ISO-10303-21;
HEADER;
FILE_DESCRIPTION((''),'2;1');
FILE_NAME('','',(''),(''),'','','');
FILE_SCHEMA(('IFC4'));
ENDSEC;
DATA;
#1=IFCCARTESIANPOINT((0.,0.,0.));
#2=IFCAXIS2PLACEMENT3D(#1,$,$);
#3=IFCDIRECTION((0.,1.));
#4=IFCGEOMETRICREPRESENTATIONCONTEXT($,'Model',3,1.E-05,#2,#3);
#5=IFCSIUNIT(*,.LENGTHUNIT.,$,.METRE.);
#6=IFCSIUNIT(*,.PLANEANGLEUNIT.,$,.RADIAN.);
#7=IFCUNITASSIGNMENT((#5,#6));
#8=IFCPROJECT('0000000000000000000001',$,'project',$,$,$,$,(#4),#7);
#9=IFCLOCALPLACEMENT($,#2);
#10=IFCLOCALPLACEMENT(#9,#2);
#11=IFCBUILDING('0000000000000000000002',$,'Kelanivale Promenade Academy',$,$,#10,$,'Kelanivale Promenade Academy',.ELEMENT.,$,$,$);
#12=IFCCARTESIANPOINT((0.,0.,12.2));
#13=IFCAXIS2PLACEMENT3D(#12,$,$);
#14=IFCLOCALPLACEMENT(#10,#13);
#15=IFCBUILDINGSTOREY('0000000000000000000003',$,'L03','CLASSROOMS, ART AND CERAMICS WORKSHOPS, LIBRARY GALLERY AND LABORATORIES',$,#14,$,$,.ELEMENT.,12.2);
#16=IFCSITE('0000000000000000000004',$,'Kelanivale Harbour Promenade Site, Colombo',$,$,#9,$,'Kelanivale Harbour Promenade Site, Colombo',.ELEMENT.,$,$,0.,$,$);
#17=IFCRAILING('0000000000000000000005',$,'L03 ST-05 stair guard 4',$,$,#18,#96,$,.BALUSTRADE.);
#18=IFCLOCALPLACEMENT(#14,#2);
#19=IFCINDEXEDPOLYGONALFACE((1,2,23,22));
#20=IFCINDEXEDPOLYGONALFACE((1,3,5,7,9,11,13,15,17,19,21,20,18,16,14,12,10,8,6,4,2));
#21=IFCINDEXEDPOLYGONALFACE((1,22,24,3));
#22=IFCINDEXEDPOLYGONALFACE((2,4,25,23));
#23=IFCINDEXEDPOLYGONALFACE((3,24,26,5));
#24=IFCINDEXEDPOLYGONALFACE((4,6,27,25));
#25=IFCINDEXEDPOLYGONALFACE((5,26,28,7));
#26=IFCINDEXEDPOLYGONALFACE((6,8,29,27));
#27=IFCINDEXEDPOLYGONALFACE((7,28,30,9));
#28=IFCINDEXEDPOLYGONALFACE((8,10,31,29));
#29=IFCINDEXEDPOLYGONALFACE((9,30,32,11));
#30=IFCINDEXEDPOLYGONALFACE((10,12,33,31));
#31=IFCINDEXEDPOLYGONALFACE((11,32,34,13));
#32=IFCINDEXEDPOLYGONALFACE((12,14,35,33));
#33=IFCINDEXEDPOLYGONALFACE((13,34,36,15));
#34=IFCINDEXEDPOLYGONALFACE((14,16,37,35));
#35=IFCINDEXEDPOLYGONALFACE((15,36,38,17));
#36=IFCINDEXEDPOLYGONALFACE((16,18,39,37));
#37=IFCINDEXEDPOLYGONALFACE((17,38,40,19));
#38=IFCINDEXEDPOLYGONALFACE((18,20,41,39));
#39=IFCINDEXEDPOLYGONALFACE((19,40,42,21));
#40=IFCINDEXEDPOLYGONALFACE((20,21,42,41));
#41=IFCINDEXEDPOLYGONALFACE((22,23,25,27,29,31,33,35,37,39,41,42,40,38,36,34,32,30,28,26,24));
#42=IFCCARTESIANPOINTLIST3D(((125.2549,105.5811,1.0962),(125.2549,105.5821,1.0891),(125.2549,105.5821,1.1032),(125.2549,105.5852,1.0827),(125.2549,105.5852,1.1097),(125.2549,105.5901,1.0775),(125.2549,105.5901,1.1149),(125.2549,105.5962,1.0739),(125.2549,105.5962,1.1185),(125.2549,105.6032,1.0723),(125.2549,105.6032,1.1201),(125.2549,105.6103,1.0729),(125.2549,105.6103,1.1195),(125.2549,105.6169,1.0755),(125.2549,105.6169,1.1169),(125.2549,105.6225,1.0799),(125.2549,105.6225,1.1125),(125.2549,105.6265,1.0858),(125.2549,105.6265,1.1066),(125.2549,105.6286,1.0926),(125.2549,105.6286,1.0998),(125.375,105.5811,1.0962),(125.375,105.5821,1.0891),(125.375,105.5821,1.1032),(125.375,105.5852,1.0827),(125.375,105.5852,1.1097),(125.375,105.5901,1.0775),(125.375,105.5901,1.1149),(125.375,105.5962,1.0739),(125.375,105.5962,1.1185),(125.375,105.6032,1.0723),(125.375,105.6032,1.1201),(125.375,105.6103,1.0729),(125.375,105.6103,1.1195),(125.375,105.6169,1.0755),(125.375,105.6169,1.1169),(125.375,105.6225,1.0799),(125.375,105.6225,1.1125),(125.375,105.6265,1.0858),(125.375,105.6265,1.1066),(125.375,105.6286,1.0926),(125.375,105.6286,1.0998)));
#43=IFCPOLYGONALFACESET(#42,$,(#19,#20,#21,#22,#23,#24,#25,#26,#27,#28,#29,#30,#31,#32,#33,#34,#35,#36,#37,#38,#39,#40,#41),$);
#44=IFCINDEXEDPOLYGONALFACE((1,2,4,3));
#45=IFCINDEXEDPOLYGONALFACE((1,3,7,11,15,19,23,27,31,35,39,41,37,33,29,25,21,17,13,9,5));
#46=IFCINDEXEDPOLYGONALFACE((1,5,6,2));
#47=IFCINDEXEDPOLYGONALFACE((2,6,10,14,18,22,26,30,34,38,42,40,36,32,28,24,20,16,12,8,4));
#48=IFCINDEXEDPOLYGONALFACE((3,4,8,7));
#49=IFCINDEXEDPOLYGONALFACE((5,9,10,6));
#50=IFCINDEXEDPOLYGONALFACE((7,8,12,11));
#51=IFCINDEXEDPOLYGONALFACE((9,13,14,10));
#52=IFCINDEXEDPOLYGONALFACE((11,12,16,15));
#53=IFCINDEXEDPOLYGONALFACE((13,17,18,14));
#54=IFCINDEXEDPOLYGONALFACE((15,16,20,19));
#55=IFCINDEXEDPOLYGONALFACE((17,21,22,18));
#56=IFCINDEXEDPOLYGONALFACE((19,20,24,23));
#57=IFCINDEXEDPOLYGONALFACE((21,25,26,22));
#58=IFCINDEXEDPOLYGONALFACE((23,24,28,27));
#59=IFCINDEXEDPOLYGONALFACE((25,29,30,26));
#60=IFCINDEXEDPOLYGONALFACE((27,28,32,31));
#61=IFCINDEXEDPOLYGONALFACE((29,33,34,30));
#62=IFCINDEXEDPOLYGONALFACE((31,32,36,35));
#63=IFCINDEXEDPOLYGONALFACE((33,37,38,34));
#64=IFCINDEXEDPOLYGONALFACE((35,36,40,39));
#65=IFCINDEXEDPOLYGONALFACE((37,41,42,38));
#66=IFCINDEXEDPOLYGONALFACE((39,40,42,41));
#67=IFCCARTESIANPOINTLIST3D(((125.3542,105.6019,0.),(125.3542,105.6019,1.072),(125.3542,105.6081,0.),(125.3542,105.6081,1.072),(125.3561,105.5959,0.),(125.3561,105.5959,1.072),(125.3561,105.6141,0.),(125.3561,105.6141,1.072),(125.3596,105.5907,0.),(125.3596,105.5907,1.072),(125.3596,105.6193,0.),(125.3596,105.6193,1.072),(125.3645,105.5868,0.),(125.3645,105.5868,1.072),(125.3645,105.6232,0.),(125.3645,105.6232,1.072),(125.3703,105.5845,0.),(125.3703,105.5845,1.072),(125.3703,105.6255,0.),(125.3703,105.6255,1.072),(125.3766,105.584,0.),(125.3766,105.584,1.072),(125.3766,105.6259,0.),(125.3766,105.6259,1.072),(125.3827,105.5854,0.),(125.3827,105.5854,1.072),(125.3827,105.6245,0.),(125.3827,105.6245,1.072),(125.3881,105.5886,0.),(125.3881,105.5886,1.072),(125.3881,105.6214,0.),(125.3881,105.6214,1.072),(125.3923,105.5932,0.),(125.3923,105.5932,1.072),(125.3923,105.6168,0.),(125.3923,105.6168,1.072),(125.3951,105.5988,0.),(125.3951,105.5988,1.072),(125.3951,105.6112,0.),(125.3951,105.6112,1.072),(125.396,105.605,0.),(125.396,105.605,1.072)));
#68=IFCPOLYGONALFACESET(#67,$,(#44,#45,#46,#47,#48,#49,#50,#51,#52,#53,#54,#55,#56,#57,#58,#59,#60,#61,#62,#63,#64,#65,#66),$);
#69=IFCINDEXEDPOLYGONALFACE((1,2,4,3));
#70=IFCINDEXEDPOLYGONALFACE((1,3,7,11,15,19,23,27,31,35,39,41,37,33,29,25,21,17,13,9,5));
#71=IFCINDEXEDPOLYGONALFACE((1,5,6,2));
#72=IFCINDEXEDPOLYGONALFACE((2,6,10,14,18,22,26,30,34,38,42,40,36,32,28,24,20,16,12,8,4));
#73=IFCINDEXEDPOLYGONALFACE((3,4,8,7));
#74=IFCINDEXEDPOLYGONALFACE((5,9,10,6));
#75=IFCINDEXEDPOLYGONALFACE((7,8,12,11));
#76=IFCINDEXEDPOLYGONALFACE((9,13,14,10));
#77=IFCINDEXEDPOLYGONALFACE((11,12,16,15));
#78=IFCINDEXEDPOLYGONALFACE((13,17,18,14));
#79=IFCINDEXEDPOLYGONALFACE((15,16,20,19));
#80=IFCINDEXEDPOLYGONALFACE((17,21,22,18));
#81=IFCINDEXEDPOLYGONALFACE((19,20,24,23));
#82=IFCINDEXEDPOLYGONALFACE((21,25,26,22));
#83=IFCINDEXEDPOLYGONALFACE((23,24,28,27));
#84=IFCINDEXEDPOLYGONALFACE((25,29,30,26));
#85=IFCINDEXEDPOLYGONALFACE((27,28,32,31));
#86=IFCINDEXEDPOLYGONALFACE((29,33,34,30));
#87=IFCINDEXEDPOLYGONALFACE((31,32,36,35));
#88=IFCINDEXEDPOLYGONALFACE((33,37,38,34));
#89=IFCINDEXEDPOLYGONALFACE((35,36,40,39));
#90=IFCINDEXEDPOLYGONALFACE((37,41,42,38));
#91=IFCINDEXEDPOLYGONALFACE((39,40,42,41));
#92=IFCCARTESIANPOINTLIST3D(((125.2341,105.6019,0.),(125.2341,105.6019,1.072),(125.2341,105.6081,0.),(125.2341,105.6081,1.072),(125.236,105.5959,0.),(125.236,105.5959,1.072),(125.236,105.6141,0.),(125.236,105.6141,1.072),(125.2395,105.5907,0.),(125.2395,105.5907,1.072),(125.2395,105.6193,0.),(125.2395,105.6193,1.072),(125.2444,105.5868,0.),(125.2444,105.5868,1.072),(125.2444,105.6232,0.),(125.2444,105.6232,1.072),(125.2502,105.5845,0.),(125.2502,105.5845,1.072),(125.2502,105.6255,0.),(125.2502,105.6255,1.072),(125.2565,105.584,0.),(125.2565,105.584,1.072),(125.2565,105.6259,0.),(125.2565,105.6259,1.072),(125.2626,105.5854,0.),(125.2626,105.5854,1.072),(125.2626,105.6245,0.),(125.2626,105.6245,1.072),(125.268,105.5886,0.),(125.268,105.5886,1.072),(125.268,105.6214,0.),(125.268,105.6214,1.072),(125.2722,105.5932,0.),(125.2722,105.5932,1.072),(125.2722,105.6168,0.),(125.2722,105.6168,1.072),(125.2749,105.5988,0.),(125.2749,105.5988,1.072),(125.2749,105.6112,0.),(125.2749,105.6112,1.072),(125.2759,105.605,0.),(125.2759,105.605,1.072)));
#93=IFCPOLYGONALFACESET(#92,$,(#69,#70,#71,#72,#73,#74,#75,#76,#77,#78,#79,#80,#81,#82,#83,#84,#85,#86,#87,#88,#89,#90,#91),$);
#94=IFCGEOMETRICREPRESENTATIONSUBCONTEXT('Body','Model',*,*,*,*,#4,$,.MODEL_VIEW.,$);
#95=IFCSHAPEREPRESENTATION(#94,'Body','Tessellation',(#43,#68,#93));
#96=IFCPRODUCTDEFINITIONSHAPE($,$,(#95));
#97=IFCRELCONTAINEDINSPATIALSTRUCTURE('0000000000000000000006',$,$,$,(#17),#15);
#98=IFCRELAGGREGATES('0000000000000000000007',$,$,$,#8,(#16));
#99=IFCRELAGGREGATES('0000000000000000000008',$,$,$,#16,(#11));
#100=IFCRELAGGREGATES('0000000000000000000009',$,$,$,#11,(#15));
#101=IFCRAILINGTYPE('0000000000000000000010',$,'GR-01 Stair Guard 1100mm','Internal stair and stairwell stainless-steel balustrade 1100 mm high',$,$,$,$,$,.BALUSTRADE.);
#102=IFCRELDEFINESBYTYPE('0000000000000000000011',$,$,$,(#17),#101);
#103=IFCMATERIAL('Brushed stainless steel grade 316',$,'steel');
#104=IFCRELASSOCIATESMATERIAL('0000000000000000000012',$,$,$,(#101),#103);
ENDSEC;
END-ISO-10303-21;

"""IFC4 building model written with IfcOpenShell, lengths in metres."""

from ifc_helpers import new_model, si_unit, direction, frame, origin, origin_2d, place, context, subcontext, project, spatial, circle, extrude, material, type_object, element, save


model = new_model("IFC4")

# Units and contexts
model_context = context("Model", 3, precision=1e-05, world=origin(), true_north=direction((0.0, 1.0)))
body_context = subcontext(model_context, "Body", "Model", "MODEL_VIEW")
ifc_project = project(units=[si_unit("LENGTHUNIT", "METRE"), si_unit("PLANEANGLEUNIT", "RADIAN")], contexts=[model_context])

# Site, building, storey
site_placement = place(None, origin())
site = spatial("IfcSite", under=ifc_project, at=site_placement, Name="Kelanivale Harbour Promenade Site, Colombo", LongName="Kelanivale Harbour Promenade Site, Colombo", CompositionType="ELEMENT", RefElevation=0.0)
building_placement = place(site_placement, origin())
building = spatial("IfcBuilding", under=site, at=building_placement, Name="Kelanivale Promenade Academy", LongName="Kelanivale Promenade Academy", CompositionType="ELEMENT")
storey_placement = place(building_placement, frame((0.0, 0.0, 12.2)))
storey = spatial("IfcBuildingStorey", under=building, at=storey_placement, Name="L03", Description="CLASSROOMS, ART AND CERAMICS WORKSHOPS, LIBRARY GALLERY AND LABORATORIES", CompositionType="ELEMENT", Elevation=12.2)

# Railing
ifc_material_1 = material(Name="Brushed stainless steel grade 316", Category="steel")
railing_type_1 = type_object("IfcRailingType", Name="GR-01 Stair Guard 1100mm", Description="Internal stair and stairwell stainless-steel balustrade 1100 mm high", PredefinedType="BALUSTRADE", material=ifc_material_1)
railing_1_placement = place(storey_placement, frame((125.375, 105.605, 0.0)))
element("IfcRailing", 1, at=railing_1_placement, inside=storey, type_object=railing_type_1, Name="L03 ST-05 stair guard 4", PredefinedType="BALUSTRADE", context=body_context, shape_type="SweptSolid", body=[
    extrude(circle(Radius=0.0239, at=origin_2d()), frame((0.0, 0.0, 1.0962), z_axis=(-1.0, 0.0, 0.0), x_axis=(0.0, -1.0, 0.0)), (0.0, 0.0, 1.0), 0.1201),
    extrude(circle(Radius=0.021, at=origin_2d()), origin(), (0.0, 0.0, 1.0), 1.072),
    extrude(circle(Radius=0.021, at=origin_2d()), frame((-0.1201, 0.0, 0.0)), (0.0, 0.0, 1.0), 1.072),
])

save(model, "model.ifc")
